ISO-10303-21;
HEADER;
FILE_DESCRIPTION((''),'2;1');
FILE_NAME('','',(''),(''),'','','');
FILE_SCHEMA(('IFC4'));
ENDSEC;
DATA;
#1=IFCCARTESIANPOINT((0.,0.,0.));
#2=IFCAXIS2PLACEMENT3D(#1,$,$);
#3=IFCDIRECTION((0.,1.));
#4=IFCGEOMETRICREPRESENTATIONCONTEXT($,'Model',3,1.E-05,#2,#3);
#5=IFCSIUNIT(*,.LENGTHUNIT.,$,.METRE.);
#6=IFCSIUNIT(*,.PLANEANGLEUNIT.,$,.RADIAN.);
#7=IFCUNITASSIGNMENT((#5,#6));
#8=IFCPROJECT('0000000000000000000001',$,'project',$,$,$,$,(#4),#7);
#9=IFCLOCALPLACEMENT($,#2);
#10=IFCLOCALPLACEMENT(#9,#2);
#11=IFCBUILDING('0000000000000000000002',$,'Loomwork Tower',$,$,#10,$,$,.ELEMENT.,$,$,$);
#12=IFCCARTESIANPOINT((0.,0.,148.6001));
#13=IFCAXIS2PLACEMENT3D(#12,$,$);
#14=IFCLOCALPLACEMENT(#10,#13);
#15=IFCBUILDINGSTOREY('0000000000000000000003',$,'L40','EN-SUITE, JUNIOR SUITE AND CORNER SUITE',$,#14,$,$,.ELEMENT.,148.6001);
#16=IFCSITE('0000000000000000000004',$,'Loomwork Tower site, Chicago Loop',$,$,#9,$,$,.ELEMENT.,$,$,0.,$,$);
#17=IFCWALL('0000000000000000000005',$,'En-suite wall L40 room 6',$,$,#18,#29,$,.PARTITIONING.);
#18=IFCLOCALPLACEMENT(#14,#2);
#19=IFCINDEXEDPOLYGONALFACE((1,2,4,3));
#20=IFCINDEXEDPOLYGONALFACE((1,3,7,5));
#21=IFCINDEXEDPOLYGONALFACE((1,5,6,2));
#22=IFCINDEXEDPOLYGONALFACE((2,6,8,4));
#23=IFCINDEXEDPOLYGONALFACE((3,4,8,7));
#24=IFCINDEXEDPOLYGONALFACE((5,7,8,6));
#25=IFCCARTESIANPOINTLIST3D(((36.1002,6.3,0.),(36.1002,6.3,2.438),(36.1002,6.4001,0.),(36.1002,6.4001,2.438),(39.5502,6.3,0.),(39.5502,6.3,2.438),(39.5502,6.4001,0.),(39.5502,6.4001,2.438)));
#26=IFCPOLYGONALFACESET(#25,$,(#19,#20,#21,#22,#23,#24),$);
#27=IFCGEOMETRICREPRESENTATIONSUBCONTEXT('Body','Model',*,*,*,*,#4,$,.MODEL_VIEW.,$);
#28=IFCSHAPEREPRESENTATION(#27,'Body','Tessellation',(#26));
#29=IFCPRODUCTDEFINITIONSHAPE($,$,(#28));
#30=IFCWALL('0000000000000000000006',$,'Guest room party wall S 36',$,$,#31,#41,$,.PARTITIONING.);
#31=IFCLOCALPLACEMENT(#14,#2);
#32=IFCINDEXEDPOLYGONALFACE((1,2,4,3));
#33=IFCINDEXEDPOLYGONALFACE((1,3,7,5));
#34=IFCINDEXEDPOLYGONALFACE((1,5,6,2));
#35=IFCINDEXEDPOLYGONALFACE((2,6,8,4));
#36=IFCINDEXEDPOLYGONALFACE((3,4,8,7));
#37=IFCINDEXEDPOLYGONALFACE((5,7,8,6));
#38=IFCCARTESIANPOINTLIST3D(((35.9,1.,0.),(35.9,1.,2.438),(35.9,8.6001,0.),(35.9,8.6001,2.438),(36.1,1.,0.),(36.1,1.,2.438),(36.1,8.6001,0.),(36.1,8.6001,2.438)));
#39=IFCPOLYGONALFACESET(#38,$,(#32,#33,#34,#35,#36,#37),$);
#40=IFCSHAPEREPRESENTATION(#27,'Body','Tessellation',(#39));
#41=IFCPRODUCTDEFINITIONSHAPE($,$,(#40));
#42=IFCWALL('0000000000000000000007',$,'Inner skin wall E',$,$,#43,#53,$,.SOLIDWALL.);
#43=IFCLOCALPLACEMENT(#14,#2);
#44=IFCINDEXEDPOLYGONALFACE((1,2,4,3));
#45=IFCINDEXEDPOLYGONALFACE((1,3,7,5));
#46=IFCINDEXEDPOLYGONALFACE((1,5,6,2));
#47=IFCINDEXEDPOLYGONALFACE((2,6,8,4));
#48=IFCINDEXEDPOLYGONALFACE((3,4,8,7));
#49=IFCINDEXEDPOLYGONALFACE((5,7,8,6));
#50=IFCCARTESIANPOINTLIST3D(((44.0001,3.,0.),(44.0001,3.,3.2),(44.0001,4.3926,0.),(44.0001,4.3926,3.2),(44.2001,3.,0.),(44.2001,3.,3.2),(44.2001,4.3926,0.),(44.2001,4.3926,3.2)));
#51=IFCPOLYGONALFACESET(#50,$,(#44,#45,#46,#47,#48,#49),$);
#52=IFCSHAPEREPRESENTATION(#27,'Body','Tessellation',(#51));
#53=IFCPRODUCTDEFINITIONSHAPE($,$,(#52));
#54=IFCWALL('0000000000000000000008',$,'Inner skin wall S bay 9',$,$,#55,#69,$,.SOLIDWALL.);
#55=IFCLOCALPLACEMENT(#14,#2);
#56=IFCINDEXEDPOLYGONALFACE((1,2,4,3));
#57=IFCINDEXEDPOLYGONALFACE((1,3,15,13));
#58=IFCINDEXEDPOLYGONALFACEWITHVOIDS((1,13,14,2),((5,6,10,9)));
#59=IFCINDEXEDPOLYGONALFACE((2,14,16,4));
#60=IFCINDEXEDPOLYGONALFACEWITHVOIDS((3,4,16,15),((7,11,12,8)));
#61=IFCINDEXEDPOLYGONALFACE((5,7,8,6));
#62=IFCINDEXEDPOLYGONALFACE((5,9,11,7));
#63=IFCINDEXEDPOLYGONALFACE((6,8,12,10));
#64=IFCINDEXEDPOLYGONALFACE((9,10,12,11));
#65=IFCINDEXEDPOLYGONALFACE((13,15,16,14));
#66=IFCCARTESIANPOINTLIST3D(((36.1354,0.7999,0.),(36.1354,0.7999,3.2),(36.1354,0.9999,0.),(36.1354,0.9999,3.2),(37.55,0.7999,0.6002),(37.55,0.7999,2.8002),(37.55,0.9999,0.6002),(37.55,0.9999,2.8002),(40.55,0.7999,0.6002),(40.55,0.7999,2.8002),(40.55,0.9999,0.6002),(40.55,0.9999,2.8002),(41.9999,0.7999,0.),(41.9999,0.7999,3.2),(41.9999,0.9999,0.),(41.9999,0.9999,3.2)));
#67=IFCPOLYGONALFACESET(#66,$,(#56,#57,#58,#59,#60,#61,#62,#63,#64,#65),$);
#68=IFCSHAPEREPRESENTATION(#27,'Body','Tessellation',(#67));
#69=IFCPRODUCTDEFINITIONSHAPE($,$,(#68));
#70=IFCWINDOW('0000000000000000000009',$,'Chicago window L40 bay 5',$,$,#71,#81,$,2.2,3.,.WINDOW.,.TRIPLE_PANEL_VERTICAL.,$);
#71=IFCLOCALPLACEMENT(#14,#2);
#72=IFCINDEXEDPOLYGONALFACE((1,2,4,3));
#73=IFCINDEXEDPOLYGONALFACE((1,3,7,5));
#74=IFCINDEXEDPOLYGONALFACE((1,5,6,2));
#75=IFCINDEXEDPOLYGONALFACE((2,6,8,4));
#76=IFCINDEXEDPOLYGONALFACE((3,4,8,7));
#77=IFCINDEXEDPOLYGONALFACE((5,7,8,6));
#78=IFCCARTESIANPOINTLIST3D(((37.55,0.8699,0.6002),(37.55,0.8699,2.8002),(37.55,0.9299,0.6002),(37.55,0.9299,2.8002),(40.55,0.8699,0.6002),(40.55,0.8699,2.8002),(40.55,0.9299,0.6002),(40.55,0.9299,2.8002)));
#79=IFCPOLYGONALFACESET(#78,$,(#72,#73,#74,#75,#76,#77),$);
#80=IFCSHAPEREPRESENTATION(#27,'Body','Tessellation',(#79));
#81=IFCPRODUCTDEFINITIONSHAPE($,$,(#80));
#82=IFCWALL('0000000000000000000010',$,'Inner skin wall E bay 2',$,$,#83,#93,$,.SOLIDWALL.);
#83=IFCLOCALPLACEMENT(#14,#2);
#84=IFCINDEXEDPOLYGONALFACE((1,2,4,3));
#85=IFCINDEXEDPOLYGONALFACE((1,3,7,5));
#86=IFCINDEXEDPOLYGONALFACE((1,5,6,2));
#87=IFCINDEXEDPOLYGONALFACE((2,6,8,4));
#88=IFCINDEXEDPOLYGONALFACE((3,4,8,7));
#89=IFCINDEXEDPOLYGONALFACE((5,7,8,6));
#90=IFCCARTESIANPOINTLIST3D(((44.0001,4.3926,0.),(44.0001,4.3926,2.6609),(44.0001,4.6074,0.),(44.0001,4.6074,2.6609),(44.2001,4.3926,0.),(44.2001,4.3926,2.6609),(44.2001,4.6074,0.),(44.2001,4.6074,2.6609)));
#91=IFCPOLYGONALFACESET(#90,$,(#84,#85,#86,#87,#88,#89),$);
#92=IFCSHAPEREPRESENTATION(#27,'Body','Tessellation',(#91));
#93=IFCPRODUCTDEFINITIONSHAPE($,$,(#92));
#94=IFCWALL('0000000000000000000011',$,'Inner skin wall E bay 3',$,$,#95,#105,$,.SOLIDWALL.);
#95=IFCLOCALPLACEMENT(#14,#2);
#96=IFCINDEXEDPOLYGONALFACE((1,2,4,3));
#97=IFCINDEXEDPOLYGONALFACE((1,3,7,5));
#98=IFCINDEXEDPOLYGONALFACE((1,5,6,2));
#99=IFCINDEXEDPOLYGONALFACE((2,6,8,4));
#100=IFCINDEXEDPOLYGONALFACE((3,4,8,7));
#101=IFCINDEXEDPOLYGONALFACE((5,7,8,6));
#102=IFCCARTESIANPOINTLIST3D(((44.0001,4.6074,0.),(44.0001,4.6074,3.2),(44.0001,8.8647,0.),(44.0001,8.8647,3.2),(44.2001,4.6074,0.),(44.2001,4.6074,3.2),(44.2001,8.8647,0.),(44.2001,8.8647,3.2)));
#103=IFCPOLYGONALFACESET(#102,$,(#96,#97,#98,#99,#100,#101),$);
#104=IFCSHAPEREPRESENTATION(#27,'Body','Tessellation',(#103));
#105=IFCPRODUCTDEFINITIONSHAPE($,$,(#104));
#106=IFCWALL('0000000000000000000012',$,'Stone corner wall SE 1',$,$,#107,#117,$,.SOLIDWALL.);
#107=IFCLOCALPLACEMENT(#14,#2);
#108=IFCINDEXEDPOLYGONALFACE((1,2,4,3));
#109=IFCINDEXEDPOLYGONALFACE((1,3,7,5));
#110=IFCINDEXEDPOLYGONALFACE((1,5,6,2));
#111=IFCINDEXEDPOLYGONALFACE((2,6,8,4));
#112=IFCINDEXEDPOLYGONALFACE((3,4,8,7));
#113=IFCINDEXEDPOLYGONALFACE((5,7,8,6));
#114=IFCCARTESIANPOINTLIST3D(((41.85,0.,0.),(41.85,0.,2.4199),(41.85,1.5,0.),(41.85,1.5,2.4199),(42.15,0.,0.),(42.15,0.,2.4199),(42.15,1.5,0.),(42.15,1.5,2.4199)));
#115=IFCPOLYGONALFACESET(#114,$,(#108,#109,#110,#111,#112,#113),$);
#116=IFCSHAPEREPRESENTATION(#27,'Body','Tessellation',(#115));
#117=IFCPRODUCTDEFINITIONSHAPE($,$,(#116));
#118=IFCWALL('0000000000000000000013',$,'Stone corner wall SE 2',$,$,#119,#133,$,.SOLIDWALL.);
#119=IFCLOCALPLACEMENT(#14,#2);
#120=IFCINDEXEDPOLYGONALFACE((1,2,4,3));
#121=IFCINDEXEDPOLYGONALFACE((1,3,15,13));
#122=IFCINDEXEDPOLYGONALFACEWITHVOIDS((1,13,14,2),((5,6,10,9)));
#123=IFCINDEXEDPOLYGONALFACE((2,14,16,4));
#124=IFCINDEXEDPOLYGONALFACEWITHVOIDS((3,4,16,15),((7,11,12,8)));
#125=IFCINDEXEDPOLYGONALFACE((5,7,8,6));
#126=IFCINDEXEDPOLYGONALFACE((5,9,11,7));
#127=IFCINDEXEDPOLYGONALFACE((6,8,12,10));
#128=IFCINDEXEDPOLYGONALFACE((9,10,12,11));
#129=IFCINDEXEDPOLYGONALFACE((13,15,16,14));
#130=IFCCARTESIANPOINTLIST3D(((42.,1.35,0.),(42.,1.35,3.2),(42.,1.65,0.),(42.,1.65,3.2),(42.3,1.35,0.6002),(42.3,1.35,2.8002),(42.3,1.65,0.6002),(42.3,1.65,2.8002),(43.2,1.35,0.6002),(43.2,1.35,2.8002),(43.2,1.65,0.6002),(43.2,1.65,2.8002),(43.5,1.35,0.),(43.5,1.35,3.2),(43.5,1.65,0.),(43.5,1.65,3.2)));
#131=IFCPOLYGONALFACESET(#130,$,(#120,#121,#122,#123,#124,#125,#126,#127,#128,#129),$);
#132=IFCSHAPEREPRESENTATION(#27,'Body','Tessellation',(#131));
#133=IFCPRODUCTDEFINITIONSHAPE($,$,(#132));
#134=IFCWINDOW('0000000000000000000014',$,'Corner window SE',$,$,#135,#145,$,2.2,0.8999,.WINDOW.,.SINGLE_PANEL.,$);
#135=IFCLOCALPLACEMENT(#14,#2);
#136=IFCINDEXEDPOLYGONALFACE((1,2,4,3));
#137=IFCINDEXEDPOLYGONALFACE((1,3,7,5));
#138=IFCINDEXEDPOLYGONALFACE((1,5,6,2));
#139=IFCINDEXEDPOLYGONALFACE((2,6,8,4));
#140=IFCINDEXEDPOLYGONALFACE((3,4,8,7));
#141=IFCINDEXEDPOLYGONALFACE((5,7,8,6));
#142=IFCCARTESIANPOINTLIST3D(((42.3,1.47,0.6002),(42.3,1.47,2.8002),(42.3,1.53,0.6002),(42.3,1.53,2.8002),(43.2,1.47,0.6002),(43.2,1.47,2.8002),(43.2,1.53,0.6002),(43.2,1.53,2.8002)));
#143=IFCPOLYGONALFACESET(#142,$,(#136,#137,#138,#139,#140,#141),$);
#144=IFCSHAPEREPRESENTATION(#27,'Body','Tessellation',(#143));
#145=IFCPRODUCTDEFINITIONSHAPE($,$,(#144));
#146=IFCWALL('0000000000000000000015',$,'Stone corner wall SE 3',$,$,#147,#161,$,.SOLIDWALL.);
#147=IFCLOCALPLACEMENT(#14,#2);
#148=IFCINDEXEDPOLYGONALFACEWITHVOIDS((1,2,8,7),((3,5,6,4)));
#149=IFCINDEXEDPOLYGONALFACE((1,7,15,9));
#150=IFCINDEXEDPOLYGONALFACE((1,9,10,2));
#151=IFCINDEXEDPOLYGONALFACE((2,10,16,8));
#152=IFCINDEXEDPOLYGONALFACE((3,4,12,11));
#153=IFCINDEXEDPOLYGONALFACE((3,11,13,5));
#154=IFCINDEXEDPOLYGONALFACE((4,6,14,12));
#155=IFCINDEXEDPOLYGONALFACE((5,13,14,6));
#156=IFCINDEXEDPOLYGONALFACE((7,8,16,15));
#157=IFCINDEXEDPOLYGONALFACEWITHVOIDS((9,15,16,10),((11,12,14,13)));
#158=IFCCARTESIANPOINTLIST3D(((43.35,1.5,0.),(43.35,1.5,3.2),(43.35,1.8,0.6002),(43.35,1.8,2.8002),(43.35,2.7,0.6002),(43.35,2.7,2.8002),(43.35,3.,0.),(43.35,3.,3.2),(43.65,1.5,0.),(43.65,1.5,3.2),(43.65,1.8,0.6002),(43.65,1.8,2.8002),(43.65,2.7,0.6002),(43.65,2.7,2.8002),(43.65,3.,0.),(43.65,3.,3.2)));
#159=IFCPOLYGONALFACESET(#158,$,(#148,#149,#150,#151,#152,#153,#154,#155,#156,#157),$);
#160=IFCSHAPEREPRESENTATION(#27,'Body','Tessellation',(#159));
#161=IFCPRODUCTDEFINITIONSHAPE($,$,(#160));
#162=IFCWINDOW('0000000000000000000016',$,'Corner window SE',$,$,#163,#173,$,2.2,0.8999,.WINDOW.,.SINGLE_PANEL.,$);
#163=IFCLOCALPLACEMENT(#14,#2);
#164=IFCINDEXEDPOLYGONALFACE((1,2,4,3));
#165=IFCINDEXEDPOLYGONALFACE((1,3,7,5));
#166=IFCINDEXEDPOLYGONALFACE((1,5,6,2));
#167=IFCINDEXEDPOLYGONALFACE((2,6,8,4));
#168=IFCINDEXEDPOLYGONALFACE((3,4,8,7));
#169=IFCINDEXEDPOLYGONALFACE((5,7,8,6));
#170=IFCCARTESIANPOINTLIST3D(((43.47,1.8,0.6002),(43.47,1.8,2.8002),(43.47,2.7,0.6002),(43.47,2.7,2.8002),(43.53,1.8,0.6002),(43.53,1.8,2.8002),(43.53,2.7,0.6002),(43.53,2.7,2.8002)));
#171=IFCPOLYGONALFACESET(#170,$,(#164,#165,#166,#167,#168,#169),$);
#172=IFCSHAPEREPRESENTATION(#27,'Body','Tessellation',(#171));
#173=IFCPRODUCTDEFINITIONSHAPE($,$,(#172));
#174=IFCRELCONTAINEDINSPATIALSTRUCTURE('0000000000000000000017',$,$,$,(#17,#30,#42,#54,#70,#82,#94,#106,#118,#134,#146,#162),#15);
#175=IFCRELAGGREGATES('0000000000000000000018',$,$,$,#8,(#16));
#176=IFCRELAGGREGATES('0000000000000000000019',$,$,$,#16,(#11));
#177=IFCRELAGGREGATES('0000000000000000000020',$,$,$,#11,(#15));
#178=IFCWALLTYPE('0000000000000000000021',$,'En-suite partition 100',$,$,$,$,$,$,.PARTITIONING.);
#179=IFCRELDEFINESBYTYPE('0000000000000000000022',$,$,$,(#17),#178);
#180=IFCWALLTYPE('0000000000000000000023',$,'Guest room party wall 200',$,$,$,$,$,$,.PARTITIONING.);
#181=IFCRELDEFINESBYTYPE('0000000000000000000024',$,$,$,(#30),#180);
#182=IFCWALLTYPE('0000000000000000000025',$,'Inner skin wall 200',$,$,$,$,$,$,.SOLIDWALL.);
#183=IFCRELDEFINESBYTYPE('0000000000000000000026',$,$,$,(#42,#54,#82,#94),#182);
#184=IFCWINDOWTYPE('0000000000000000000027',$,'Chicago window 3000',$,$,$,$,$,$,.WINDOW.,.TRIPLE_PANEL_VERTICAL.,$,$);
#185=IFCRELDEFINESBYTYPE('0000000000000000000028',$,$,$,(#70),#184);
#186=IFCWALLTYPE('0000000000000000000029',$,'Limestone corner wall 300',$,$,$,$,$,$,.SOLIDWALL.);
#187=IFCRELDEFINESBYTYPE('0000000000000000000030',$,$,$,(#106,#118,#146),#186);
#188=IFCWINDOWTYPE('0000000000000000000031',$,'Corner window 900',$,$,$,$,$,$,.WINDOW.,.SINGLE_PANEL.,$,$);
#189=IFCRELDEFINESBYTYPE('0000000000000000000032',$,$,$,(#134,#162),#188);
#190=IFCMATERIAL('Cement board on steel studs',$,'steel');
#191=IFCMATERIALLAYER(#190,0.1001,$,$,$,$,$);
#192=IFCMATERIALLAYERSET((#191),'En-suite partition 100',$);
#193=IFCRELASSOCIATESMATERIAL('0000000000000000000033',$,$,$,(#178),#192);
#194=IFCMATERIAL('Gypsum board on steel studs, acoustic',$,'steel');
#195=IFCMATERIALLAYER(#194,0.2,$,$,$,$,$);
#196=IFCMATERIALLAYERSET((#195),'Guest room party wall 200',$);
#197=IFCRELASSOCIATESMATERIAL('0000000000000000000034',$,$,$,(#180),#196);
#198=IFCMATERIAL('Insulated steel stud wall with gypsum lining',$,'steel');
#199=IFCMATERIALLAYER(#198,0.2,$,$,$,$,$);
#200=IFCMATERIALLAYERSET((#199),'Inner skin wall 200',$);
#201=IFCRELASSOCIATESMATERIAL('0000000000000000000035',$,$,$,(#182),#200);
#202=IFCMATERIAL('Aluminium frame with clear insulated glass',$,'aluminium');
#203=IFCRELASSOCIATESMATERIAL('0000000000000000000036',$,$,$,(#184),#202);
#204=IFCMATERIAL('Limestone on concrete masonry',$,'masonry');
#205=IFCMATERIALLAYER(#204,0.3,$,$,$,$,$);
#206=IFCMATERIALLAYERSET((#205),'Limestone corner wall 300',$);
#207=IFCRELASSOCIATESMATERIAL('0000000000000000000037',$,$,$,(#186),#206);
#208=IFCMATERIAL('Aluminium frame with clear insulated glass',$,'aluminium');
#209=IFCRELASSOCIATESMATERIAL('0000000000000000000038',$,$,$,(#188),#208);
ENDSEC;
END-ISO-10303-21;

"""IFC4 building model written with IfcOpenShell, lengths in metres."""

from ifc_helpers import new_model, si_unit, direction, frame, frame_2d, origin, place, context, subcontext, project, spatial, rectangle, extrude, material, layer, layer_set, type_object, element, fill, save


model = new_model("IFC4")

# Units and contexts
model_context = context("Model", 3, precision=1e-05, world=origin(), true_north=direction((0.0, 1.0)))
body_context = subcontext(model_context, "Body", "Model", "MODEL_VIEW")
ifc_project = project(units=[si_unit("LENGTHUNIT", "METRE"), si_unit("PLANEANGLEUNIT", "RADIAN")], contexts=[model_context])

# Site, building, storey
site_placement = place(None, origin())
site = spatial("IfcSite", under=ifc_project, at=site_placement, Name="Loomwork Tower site, Chicago Loop", CompositionType="ELEMENT", RefElevation=0.0)
building_placement = place(site_placement, origin())
building = spatial("IfcBuilding", under=site, at=building_placement, Name="Loomwork Tower", CompositionType="ELEMENT")
storey_placement = place(building_placement, frame((0.0, 0.0, 148.6001)))
storey = spatial("IfcBuildingStorey", under=building, at=storey_placement, Name="L40", Description="EN-SUITE, JUNIOR SUITE AND CORNER SUITE", CompositionType="ELEMENT", Elevation=148.6001)

# Walls
ifc_material_1 = material(Name="Cement board on steel studs", Category="steel")
ifc_layer_1 = layer(ifc_material_1, 0.1001)
ifc_layer_set_1 = layer_set([ifc_layer_1], Name="En-suite partition 100")
wall_type_1 = type_object("IfcWallType", Name="En-suite partition 100", PredefinedType="PARTITIONING", material=ifc_layer_set_1)
wall_1_placement = place(storey_placement, frame((36.1001, 6.3501, 0.0), z_axis=(0.0, 0.0, 1.0), x_axis=(1.0, 0.0, 0.0)))
element("IfcWall", 1, at=wall_1_placement, inside=storey, type_object=wall_type_1, Name="En-suite wall L40 room 6", PredefinedType="PARTITIONING", context=body_context, shape_type="SweptSolid", body=[
    extrude(rectangle(XDim=3.45, YDim=0.1001, at=frame_2d((1.7251, 0.0))), origin(), (0.0, 0.0, 1.0), 2.438),
])
ifc_material_2 = material(Name="Gypsum board on steel studs, acoustic", Category="steel")
ifc_layer_2 = layer(ifc_material_2, 0.2)
ifc_layer_set_2 = layer_set([ifc_layer_2], Name="Guest room party wall 200")
wall_type_2 = type_object("IfcWallType", Name="Guest room party wall 200", PredefinedType="PARTITIONING", material=ifc_layer_set_2)
wall_2_placement = place(storey_placement, frame((36.0, 8.6001, 0.0), z_axis=(0.0, 0.0, 1.0), x_axis=(0.0, -1.0, 0.0)))
element("IfcWall", 2, at=wall_2_placement, inside=storey, type_object=wall_type_2, Name="Guest room party wall S 36", PredefinedType="PARTITIONING", context=body_context, shape_type="SweptSolid", body=[
    extrude(rectangle(XDim=7.6001, YDim=0.2, at=frame_2d((3.8, 0.0))), origin(), (0.0, 0.0, 1.0), 2.438),
])
ifc_material_3 = material(Name="Insulated steel stud wall with gypsum lining", Category="steel")
ifc_layer_3 = layer(ifc_material_3, 0.2)
ifc_layer_set_3 = layer_set([ifc_layer_3], Name="Inner skin wall 200")
wall_type_3 = type_object("IfcWallType", Name="Inner skin wall 200", PredefinedType="SOLIDWALL", material=ifc_layer_set_3)
wall_3_placement = place(storey_placement, frame((44.1001, 3.0, 0.0), z_axis=(0.0, 0.0, 1.0), x_axis=(0.0, 1.0, 0.0)))
element("IfcWall", 3, at=wall_3_placement, inside=storey, type_object=wall_type_3, Name="Inner skin wall E", PredefinedType="SOLIDWALL", context=body_context, shape_type="SweptSolid", body=[
    extrude(rectangle(XDim=1.3926, YDim=0.2, at=frame_2d((0.6963, 0.0))), origin(), (0.0, 0.0, 1.0), 3.2),
])

# Wall, opening, window
wall_4_placement = place(storey_placement, frame((36.1355, 0.8999, 0.0), z_axis=(0.0, 0.0, 1.0), x_axis=(1.0, 0.0, 0.0)))
wall_4 = element("IfcWall", 4, at=wall_4_placement, inside=storey, type_object=wall_type_3, Name="Inner skin wall S bay 9", PredefinedType="SOLIDWALL", context=body_context, shape_type="SweptSolid", body=[
    extrude(rectangle(XDim=5.8645, YDim=0.2, at=frame_2d((2.9321, 0.0))), origin(), (0.0, 0.0, 1.0), 3.2),
])
opening_1_placement = place(wall_4_placement, frame((1.4146, 0.0, 0.6001)))
opening_1 = element("IfcOpeningElement", 5, at=opening_1_placement, cuts=wall_4, PredefinedType="OPENING", context=body_context, shape_type="SweptSolid", body=[
    extrude(rectangle(XDim=3.0, YDim=2.2, at=frame_2d((1.5, 1.1001))), frame((0.0, 0.1099, 0.0), z_axis=(0.0, -1.0, 0.0), x_axis=(1.0, 0.0, 0.0)), (0.0, 0.0, 1.0), 0.22),
])
ifc_material_4 = material(Name="Aluminium frame with clear insulated glass", Category="aluminium")
window_type_1 = type_object("IfcWindowType", Name="Chicago window 3000", PartitioningType="TRIPLE_PANEL_VERTICAL", PredefinedType="WINDOW", material=ifc_material_4)
window_1_placement = place(opening_1_placement, origin())
window_1 = element("IfcWindow", 6, at=window_1_placement, inside=storey, type_object=window_type_1, Name="Chicago window L40 bay 5", OverallHeight=2.2, OverallWidth=3.0, PartitioningType="TRIPLE_PANEL_VERTICAL", PredefinedType="WINDOW", context=body_context, shape_type="SweptSolid", body=[
    extrude(rectangle(XDim=3.0, YDim=2.2, at=frame_2d((1.5, 1.1001))), frame((0.0, 0.03, 0.0), z_axis=(0.0, -1.0, 0.0), x_axis=(1.0, 0.0, 0.0)), (0.0, 0.0, 1.0), 0.0601),
])
fill(opening_1, window_1)

# Walls
wall_5_placement = place(storey_placement, frame((44.1001, 4.3926, 0.0), z_axis=(0.0, 0.0, 1.0), x_axis=(0.0, 1.0, 0.0)))
element("IfcWall", 7, at=wall_5_placement, inside=storey, type_object=wall_type_3, Name="Inner skin wall E bay 2", PredefinedType="SOLIDWALL", context=body_context, shape_type="SweptSolid", body=[
    extrude(rectangle(XDim=0.2148, YDim=0.2, at=frame_2d((0.1074, 0.0))), origin(), (0.0, 0.0, 1.0), 2.6609),
])
wall_6_placement = place(storey_placement, frame((44.1001, 4.6074, 0.0), z_axis=(0.0, 0.0, 1.0), x_axis=(0.0, 1.0, 0.0)))
element("IfcWall", 8, at=wall_6_placement, inside=storey, type_object=wall_type_3, Name="Inner skin wall E bay 3", PredefinedType="SOLIDWALL", context=body_context, shape_type="SweptSolid", body=[
    extrude(rectangle(XDim=4.2573, YDim=0.2, at=frame_2d((2.1287, 0.0))), origin(), (0.0, 0.0, 1.0), 3.2),
])
ifc_material_5 = material(Name="Limestone on concrete masonry", Category="masonry")
ifc_layer_4 = layer(ifc_material_5, 0.3)
ifc_layer_set_4 = layer_set([ifc_layer_4], Name="Limestone corner wall 300")
wall_type_4 = type_object("IfcWallType", Name="Limestone corner wall 300", PredefinedType="SOLIDWALL", material=ifc_layer_set_4)
wall_7_placement = place(storey_placement, frame((42.0, 0.0, 0.0), z_axis=(0.0, 0.0, 1.0), x_axis=(0.0, 1.0, 0.0)))
element("IfcWall", 9, at=wall_7_placement, inside=storey, type_object=wall_type_4, Name="Stone corner wall SE 1", PredefinedType="SOLIDWALL", context=body_context, shape_type="SweptSolid", body=[
    extrude(rectangle(XDim=1.5, YDim=0.3, at=frame_2d((0.75, 0.0))), origin(), (0.0, 0.0, 1.0), 2.4199),
])

# Walls, openings, windows
wall_8_placement = place(storey_placement, frame((42.0, 1.5, 0.0), z_axis=(0.0, 0.0, 1.0), x_axis=(1.0, 0.0, 0.0)))
wall_8 = element("IfcWall", 10, at=wall_8_placement, inside=storey, type_object=wall_type_4, Name="Stone corner wall SE 2", PredefinedType="SOLIDWALL", context=body_context, shape_type="SweptSolid", body=[
    extrude(rectangle(XDim=1.5, YDim=0.3, at=frame_2d((0.75, 0.0))), origin(), (0.0, 0.0, 1.0), 3.2),
])
opening_2_placement = place(wall_8_placement, frame((0.3, 0.0, 0.6001)))
opening_2 = element("IfcOpeningElement", 11, at=opening_2_placement, cuts=wall_8, PredefinedType="OPENING", context=body_context, shape_type="SweptSolid", body=[
    extrude(rectangle(XDim=0.8999, YDim=2.2, at=frame_2d((0.45, 1.1001))), frame((0.0, 0.1599, 0.0), z_axis=(0.0, -1.0, 0.0), x_axis=(1.0, 0.0, 0.0)), (0.0, 0.0, 1.0), 0.3201),
])
ifc_material_6 = material(Name="Aluminium frame with clear insulated glass", Category="aluminium")
window_type_2 = type_object("IfcWindowType", Name="Corner window 900", PartitioningType="SINGLE_PANEL", PredefinedType="WINDOW", material=ifc_material_6)
window_2_placement = place(opening_2_placement, origin())
window_2 = element("IfcWindow", 12, at=window_2_placement, inside=storey, type_object=window_type_2, Name="Corner window SE", OverallHeight=2.2, OverallWidth=0.8999, PartitioningType="SINGLE_PANEL", PredefinedType="WINDOW", context=body_context, shape_type="SweptSolid", body=[
    extrude(rectangle(XDim=0.8999, YDim=2.2, at=frame_2d((0.45, 1.1001))), frame((0.0, 0.03, 0.0), z_axis=(0.0, -1.0, 0.0), x_axis=(1.0, 0.0, 0.0)), (0.0, 0.0, 1.0), 0.0601),
])
fill(opening_2, window_2)
wall_9_placement = place(storey_placement, frame((43.5, 1.5, 0.0), z_axis=(0.0, 0.0, 1.0), x_axis=(0.0, 1.0, 0.0)))
wall_9 = element("IfcWall", 13, at=wall_9_placement, inside=storey, type_object=wall_type_4, Name="Stone corner wall SE 3", PredefinedType="SOLIDWALL", context=body_context, shape_type="SweptSolid", body=[
    extrude(rectangle(XDim=1.5, YDim=0.3, at=frame_2d((0.75, 0.0))), origin(), (0.0, 0.0, 1.0), 3.2),
])
opening_3_placement = place(wall_9_placement, frame((0.3, 0.0, 0.6001)))
opening_3 = element("IfcOpeningElement", 14, at=opening_3_placement, cuts=wall_9, PredefinedType="OPENING", context=body_context, shape_type="SweptSolid", body=[
    extrude(rectangle(XDim=0.8999, YDim=2.2, at=frame_2d((0.45, 1.1001))), frame((0.0, 0.1599, 0.0), z_axis=(0.0, -1.0, 0.0), x_axis=(1.0, 0.0, 0.0)), (0.0, 0.0, 1.0), 0.3201),
])
window_3_placement = place(opening_3_placement, origin())
window_3 = element("IfcWindow", 15, at=window_3_placement, inside=storey, type_object=window_type_2, Name="Corner window SE", OverallHeight=2.2, OverallWidth=0.8999, PartitioningType="SINGLE_PANEL", PredefinedType="WINDOW", context=body_context, shape_type="SweptSolid", body=[
    extrude(rectangle(XDim=0.8999, YDim=2.2, at=frame_2d((0.45, 1.1001))), frame((0.0, 0.03, 0.0), z_axis=(0.0, -1.0, 0.0), x_axis=(1.0, 0.0, 0.0)), (0.0, 0.0, 1.0), 0.0601),
])
fill(opening_3, window_3)

save(model, "model.ifc")
